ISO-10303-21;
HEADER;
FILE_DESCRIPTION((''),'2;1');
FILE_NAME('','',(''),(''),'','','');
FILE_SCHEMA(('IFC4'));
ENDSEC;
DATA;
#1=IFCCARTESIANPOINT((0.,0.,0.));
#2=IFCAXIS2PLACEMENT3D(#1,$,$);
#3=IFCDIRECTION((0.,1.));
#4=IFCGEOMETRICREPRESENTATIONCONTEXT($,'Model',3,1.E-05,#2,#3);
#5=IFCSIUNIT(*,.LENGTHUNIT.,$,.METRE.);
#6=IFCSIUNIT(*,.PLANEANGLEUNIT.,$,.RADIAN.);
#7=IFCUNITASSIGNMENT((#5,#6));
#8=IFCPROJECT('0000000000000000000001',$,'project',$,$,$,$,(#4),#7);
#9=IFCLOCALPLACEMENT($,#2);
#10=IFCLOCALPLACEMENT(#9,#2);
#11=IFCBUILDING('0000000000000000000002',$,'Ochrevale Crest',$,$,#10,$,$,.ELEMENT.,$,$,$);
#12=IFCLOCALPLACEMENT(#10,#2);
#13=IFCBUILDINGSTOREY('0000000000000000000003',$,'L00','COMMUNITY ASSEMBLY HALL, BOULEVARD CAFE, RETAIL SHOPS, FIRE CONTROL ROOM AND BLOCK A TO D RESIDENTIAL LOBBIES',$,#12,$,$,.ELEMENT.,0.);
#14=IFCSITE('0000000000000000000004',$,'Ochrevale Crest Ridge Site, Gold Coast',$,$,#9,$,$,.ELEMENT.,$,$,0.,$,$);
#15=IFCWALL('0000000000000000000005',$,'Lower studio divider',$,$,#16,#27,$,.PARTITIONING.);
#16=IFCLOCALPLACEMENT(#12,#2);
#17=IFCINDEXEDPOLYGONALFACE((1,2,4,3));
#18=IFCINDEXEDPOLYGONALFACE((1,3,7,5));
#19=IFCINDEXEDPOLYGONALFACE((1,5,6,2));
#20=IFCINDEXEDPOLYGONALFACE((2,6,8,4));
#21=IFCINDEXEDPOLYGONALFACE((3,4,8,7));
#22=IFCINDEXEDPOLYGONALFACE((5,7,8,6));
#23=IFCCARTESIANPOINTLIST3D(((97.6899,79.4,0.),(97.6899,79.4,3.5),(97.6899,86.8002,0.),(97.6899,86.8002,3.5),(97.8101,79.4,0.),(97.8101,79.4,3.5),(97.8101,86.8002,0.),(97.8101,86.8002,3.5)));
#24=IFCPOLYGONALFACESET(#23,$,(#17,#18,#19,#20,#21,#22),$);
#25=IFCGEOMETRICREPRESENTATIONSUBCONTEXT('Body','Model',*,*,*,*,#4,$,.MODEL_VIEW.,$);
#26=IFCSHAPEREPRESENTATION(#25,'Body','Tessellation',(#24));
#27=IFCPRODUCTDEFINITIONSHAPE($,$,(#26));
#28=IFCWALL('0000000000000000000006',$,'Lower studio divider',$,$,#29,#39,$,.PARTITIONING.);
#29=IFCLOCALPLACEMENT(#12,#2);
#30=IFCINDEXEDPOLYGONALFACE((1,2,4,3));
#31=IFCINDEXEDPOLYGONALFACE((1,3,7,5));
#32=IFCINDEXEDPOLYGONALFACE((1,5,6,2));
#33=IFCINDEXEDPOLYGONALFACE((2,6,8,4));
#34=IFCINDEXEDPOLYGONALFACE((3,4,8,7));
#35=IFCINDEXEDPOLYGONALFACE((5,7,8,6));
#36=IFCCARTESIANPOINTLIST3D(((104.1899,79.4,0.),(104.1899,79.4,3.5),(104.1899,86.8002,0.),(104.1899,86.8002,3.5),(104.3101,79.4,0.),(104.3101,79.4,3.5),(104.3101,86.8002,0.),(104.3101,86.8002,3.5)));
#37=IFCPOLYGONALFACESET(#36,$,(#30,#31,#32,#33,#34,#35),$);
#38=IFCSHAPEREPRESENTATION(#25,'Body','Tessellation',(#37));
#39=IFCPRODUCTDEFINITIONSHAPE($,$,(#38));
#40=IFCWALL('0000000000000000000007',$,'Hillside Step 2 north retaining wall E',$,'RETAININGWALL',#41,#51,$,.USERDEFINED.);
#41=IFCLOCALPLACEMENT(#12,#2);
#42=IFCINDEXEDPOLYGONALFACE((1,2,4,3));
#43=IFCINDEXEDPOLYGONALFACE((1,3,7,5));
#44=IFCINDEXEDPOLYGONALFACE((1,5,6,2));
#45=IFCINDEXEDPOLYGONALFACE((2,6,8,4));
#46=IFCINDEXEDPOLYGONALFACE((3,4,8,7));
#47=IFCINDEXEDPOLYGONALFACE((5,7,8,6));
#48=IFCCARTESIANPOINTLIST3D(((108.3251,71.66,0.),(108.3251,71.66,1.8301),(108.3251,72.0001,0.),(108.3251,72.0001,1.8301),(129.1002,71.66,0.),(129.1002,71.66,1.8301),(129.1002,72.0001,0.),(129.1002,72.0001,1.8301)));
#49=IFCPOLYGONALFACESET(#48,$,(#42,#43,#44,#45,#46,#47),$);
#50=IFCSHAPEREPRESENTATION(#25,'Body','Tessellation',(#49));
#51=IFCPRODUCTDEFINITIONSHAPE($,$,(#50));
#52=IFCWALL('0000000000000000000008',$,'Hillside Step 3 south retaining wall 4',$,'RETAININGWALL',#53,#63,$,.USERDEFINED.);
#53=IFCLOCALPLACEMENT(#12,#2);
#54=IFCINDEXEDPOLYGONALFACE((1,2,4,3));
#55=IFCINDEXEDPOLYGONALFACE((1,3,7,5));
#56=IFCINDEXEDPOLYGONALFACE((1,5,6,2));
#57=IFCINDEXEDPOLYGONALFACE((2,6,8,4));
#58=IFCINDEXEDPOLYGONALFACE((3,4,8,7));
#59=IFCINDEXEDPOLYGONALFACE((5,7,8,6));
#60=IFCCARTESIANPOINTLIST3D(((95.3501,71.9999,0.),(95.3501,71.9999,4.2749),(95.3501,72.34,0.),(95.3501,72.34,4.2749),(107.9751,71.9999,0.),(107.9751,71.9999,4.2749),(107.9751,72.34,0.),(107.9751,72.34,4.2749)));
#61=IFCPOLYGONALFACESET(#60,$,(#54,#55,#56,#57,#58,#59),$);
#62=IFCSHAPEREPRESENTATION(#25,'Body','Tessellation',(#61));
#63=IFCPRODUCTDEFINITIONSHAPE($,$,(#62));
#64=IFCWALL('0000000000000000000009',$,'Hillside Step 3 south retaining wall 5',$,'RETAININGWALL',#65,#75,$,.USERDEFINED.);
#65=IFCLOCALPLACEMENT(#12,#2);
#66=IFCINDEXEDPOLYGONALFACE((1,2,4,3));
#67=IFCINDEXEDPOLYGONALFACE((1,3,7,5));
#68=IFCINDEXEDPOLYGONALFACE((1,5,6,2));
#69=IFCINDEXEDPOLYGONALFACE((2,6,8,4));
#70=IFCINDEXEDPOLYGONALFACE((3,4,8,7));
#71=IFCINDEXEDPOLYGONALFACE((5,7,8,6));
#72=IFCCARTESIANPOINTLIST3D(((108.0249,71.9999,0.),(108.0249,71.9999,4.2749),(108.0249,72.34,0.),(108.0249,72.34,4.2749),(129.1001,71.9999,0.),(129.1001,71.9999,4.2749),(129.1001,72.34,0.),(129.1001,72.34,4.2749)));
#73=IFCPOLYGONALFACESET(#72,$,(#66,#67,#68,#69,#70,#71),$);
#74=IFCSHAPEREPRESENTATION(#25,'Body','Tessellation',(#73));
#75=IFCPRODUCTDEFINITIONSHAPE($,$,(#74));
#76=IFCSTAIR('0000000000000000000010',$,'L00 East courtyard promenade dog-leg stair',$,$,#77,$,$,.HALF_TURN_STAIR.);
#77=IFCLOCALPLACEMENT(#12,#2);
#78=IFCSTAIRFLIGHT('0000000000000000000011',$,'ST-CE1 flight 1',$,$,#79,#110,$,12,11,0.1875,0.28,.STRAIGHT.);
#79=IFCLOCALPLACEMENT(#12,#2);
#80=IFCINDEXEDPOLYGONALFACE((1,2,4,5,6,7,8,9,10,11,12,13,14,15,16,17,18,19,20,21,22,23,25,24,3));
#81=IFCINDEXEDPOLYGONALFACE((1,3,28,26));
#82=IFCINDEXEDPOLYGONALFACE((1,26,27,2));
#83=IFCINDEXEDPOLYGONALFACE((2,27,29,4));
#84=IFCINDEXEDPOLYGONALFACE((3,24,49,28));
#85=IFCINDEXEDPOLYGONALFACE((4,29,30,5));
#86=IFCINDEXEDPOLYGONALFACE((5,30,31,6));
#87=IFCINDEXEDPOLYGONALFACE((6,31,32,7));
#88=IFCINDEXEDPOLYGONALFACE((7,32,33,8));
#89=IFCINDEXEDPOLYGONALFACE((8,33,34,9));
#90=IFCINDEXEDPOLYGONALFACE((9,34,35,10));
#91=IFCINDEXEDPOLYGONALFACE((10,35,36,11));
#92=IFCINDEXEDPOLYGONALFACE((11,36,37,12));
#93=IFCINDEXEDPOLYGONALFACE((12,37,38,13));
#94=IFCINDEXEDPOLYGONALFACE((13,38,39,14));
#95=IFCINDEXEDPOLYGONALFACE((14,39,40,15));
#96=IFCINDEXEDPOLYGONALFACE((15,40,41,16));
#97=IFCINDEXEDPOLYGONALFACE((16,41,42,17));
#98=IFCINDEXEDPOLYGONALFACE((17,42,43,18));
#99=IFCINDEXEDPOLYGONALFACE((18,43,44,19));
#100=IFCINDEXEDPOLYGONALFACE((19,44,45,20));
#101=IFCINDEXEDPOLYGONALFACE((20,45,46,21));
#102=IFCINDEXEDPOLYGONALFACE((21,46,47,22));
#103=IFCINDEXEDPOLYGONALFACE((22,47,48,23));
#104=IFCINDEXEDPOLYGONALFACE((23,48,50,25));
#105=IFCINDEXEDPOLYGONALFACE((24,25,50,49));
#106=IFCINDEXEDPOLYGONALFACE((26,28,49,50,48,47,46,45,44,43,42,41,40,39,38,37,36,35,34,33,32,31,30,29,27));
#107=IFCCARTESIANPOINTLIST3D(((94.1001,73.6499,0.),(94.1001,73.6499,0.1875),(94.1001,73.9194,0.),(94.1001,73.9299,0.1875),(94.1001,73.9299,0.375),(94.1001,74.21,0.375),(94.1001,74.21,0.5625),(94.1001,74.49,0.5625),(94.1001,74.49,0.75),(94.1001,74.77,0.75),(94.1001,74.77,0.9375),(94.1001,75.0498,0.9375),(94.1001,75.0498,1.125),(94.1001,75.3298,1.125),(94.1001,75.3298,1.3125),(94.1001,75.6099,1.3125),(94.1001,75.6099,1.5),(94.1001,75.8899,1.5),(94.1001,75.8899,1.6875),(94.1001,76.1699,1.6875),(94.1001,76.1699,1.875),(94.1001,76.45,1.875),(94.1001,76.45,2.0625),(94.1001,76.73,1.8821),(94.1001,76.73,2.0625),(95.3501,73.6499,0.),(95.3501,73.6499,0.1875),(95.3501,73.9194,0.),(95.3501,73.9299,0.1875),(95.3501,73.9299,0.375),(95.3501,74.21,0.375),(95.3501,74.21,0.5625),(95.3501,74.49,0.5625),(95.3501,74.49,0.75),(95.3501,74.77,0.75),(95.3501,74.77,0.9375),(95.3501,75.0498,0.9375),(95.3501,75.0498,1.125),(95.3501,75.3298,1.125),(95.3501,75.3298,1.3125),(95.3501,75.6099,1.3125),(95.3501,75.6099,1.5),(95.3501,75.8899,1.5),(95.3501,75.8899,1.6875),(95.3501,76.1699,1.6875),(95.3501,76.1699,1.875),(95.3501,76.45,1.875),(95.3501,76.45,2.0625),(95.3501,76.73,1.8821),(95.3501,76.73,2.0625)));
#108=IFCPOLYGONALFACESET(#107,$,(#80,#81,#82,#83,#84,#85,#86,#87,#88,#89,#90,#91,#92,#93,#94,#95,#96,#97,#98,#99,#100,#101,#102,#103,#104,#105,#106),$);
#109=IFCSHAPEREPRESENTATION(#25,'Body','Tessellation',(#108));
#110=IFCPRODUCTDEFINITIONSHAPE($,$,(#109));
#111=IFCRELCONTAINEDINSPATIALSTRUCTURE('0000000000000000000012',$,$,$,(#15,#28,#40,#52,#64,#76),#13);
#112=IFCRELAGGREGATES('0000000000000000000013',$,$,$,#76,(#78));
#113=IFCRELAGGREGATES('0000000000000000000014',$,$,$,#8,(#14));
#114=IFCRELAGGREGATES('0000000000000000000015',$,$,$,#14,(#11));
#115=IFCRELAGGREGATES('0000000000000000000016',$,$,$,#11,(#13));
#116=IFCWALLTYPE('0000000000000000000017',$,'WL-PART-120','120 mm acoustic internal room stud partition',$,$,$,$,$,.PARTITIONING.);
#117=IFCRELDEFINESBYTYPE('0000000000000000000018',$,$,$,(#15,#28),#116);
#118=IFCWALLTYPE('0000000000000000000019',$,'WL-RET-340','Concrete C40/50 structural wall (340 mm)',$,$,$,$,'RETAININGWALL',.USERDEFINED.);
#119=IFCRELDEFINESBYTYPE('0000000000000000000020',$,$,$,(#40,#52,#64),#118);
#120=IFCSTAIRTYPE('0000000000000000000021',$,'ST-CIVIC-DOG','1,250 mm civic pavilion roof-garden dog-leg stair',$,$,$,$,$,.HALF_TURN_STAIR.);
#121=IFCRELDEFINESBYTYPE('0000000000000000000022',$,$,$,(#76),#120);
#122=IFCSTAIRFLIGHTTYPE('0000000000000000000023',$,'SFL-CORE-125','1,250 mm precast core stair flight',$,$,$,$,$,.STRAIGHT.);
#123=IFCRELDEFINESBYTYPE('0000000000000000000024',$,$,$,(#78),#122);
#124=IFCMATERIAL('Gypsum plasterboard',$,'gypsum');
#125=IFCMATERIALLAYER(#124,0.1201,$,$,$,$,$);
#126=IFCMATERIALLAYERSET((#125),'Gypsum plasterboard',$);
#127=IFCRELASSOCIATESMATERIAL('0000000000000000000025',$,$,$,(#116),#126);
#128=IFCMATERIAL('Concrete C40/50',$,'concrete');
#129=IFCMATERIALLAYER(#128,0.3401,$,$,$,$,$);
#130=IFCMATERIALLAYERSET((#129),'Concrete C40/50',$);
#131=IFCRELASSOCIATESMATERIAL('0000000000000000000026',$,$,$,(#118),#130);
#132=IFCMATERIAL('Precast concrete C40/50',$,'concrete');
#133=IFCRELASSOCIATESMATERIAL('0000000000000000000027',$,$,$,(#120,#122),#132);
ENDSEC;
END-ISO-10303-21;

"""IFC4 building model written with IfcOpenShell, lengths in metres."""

from ifc_helpers import new_model, si_unit, direction, frame, frame_2d, origin, place, context, subcontext, project, spatial, polyline, rectangle, outline, extrude, material, layer, layer_set, type_object, element, aggregate, save


model = new_model("IFC4")

# Units and contexts
model_context = context("Model", 3, precision=1e-05, world=origin(), true_north=direction((0.0, 1.0)))
body_context = subcontext(model_context, "Body", "Model", "MODEL_VIEW")
ifc_project = project(units=[si_unit("LENGTHUNIT", "METRE"), si_unit("PLANEANGLEUNIT", "RADIAN")], contexts=[model_context])

# Site, building, storey
site_placement = place(None, origin())
site = spatial("IfcSite", under=ifc_project, at=site_placement, Name="Ochrevale Crest Ridge Site, Gold Coast", CompositionType="ELEMENT", RefElevation=0.0)
building_placement = place(site_placement, origin())
building = spatial("IfcBuilding", under=site, at=building_placement, Name="Ochrevale Crest", CompositionType="ELEMENT")
storey_placement = place(building_placement, origin())
storey = spatial("IfcBuildingStorey", under=building, at=storey_placement, Name="L00", Description="COMMUNITY ASSEMBLY HALL, BOULEVARD CAFE, RETAIL SHOPS, FIRE CONTROL ROOM AND BLOCK A TO D RESIDENTIAL LOBBIES", CompositionType="ELEMENT", Elevation=0.0)

# Shared definitions
ifc_material_1 = material(Name="Precast concrete C40/50", Category="concrete")

# Walls
ifc_material_2 = material(Name="Gypsum plasterboard", Category="gypsum")
ifc_layer_1 = layer(ifc_material_2, 0.1201)
ifc_layer_set_1 = layer_set([ifc_layer_1], Name="Gypsum plasterboard")
wall_type_1 = type_object("IfcWallType", Name="WL-PART-120", Description="120 mm acoustic internal room stud partition", PredefinedType="PARTITIONING", material=ifc_layer_set_1)
for number, where, z_axis, x_axis, name in (
    (1, (97.75, 79.3999, 0.0), (0.0, 0.0, 1.0), (0.0, 1.0, 0.0), "Lower studio divider"),
    (2, (104.25, 79.3999, 0.0), (0.0, 0.0, 1.0), (0.0, 1.0, 0.0), "Lower studio divider"),
):
    element("IfcWall", number, at=place(storey_placement, frame(where, z_axis=z_axis, x_axis=x_axis)), inside=storey, type_object=wall_type_1, Name=name, PredefinedType="PARTITIONING", context=body_context, shape_type="SweptSolid", body=[
        extrude(rectangle(XDim=7.4001, YDim=0.1201, at=frame_2d((3.7002, 0.0))), origin(), (0.0, 0.0, 1.0), 3.5),
    ])
ifc_material_3 = material(Name="Concrete C40/50", Category="concrete")
ifc_layer_2 = layer(ifc_material_3, 0.3401)
ifc_layer_set_2 = layer_set([ifc_layer_2], Name="Concrete C40/50")
wall_type_2 = type_object("IfcWallType", Name="WL-RET-340", Description="Concrete C40/50 structural wall (340 mm)", ElementType="RETAININGWALL", PredefinedType="USERDEFINED", material=ifc_layer_set_2)
wall_1_placement = place(storey_placement, frame((108.325, 71.8301, 0.0), z_axis=(0.0, 0.0, 1.0), x_axis=(1.0, 0.0, 0.0)))
element("IfcWall", 3, at=wall_1_placement, inside=storey, type_object=wall_type_2, Name="Hillside Step 2 north retaining wall E", ObjectType="RETAININGWALL", PredefinedType="USERDEFINED", context=body_context, shape_type="SweptSolid", body=[
    extrude(rectangle(XDim=20.7751, YDim=0.3401, at=frame_2d((10.3877, 0.0))), origin(), (0.0, 0.0, 1.0), 1.8301),
])
wall_2_placement = place(storey_placement, frame((95.3501, 72.1699, 0.0), z_axis=(0.0, 0.0, 1.0), x_axis=(1.0, 0.0, 0.0)))
element("IfcWall", 4, at=wall_2_placement, inside=storey, type_object=wall_type_2, Name="Hillside Step 3 south retaining wall 4", ObjectType="RETAININGWALL", PredefinedType="USERDEFINED", context=body_context, shape_type="SweptSolid", body=[
    extrude(rectangle(XDim=12.625, YDim=0.3401, at=frame_2d((6.3125, 0.0))), origin(), (0.0, 0.0, 1.0), 4.2749),
])
wall_3_placement = place(storey_placement, frame((108.0249, 72.1699, 0.0), z_axis=(0.0, 0.0, 1.0), x_axis=(1.0, 0.0, 0.0)))
element("IfcWall", 5, at=wall_3_placement, inside=storey, type_object=wall_type_2, Name="Hillside Step 3 south retaining wall 5", ObjectType="RETAININGWALL", PredefinedType="USERDEFINED", context=body_context, shape_type="SweptSolid", body=[
    extrude(rectangle(XDim=21.0752, YDim=0.3401, at=frame_2d((10.5376, 0.0))), origin(), (0.0, 0.0, 1.0), 4.2749),
])

# Stair, stair flight
stair_type = type_object("IfcStairType", Name="ST-CIVIC-DOG", Description="1,250 mm civic pavilion roof-garden dog-leg stair", PredefinedType="HALF_TURN_STAIR", material=ifc_material_1)
stair_placement = place(storey_placement, origin())
stair = element("IfcStair", 6, at=stair_placement, inside=storey, type_object=stair_type, Name="L00 East courtyard promenade dog-leg stair", PredefinedType="HALF_TURN_STAIR")
stair_flight_type = type_object("IfcStairFlightType", Name="SFL-CORE-125", Description="1,250 mm precast core stair flight", PredefinedType="STRAIGHT", material=ifc_material_1)
stair_flight_placement = place(storey_placement, frame((94.7251, 73.6499, 0.0), z_axis=(0.0, 0.0, 1.0), x_axis=(0.0, 1.0, 0.0)))
stair_flight = element("IfcStairFlight", 7, at=stair_flight_placement, type_object=stair_flight_type, Name="ST-CE1 flight 1", NumberOfRisers=12, NumberOfTreads=11, PredefinedType="STRAIGHT", RiserHeight=0.1875, TreadLength=0.28, context=body_context, shape_type="SweptSolid", body=[
    extrude(outline(polyline([(0.0, 0.0), (0.0, 0.1875), (0.28, 0.1875), (0.28, 0.375), (0.5601, 0.375), (0.5601, 0.5625), (0.8401, 0.5625), (0.8401, 0.75), (1.1201, 0.75), (1.1201, 0.9375), (1.3999, 0.9375), (1.3999, 1.125), (1.6799, 1.125), (1.6799, 1.3125), (1.96, 1.3125), (1.96, 1.5), (2.24, 1.5), (2.24, 1.6875), (2.52, 1.6875), (2.52, 1.875), (2.8, 1.875), (2.8, 2.0625), (3.0801, 2.0625), (3.0801, 2.25), (3.0801, 1.8821), (0.2695, 0.0), (0.0, 0.0)])), frame((0.0, 0.625, 0.0), z_axis=(0.0, -1.0, 0.0), x_axis=(1.0, 0.0, 0.0)), (0.0, 0.0, 1.0), 1.25),
])
aggregate(stair, [stair_flight])

save(model, "model.ifc")
